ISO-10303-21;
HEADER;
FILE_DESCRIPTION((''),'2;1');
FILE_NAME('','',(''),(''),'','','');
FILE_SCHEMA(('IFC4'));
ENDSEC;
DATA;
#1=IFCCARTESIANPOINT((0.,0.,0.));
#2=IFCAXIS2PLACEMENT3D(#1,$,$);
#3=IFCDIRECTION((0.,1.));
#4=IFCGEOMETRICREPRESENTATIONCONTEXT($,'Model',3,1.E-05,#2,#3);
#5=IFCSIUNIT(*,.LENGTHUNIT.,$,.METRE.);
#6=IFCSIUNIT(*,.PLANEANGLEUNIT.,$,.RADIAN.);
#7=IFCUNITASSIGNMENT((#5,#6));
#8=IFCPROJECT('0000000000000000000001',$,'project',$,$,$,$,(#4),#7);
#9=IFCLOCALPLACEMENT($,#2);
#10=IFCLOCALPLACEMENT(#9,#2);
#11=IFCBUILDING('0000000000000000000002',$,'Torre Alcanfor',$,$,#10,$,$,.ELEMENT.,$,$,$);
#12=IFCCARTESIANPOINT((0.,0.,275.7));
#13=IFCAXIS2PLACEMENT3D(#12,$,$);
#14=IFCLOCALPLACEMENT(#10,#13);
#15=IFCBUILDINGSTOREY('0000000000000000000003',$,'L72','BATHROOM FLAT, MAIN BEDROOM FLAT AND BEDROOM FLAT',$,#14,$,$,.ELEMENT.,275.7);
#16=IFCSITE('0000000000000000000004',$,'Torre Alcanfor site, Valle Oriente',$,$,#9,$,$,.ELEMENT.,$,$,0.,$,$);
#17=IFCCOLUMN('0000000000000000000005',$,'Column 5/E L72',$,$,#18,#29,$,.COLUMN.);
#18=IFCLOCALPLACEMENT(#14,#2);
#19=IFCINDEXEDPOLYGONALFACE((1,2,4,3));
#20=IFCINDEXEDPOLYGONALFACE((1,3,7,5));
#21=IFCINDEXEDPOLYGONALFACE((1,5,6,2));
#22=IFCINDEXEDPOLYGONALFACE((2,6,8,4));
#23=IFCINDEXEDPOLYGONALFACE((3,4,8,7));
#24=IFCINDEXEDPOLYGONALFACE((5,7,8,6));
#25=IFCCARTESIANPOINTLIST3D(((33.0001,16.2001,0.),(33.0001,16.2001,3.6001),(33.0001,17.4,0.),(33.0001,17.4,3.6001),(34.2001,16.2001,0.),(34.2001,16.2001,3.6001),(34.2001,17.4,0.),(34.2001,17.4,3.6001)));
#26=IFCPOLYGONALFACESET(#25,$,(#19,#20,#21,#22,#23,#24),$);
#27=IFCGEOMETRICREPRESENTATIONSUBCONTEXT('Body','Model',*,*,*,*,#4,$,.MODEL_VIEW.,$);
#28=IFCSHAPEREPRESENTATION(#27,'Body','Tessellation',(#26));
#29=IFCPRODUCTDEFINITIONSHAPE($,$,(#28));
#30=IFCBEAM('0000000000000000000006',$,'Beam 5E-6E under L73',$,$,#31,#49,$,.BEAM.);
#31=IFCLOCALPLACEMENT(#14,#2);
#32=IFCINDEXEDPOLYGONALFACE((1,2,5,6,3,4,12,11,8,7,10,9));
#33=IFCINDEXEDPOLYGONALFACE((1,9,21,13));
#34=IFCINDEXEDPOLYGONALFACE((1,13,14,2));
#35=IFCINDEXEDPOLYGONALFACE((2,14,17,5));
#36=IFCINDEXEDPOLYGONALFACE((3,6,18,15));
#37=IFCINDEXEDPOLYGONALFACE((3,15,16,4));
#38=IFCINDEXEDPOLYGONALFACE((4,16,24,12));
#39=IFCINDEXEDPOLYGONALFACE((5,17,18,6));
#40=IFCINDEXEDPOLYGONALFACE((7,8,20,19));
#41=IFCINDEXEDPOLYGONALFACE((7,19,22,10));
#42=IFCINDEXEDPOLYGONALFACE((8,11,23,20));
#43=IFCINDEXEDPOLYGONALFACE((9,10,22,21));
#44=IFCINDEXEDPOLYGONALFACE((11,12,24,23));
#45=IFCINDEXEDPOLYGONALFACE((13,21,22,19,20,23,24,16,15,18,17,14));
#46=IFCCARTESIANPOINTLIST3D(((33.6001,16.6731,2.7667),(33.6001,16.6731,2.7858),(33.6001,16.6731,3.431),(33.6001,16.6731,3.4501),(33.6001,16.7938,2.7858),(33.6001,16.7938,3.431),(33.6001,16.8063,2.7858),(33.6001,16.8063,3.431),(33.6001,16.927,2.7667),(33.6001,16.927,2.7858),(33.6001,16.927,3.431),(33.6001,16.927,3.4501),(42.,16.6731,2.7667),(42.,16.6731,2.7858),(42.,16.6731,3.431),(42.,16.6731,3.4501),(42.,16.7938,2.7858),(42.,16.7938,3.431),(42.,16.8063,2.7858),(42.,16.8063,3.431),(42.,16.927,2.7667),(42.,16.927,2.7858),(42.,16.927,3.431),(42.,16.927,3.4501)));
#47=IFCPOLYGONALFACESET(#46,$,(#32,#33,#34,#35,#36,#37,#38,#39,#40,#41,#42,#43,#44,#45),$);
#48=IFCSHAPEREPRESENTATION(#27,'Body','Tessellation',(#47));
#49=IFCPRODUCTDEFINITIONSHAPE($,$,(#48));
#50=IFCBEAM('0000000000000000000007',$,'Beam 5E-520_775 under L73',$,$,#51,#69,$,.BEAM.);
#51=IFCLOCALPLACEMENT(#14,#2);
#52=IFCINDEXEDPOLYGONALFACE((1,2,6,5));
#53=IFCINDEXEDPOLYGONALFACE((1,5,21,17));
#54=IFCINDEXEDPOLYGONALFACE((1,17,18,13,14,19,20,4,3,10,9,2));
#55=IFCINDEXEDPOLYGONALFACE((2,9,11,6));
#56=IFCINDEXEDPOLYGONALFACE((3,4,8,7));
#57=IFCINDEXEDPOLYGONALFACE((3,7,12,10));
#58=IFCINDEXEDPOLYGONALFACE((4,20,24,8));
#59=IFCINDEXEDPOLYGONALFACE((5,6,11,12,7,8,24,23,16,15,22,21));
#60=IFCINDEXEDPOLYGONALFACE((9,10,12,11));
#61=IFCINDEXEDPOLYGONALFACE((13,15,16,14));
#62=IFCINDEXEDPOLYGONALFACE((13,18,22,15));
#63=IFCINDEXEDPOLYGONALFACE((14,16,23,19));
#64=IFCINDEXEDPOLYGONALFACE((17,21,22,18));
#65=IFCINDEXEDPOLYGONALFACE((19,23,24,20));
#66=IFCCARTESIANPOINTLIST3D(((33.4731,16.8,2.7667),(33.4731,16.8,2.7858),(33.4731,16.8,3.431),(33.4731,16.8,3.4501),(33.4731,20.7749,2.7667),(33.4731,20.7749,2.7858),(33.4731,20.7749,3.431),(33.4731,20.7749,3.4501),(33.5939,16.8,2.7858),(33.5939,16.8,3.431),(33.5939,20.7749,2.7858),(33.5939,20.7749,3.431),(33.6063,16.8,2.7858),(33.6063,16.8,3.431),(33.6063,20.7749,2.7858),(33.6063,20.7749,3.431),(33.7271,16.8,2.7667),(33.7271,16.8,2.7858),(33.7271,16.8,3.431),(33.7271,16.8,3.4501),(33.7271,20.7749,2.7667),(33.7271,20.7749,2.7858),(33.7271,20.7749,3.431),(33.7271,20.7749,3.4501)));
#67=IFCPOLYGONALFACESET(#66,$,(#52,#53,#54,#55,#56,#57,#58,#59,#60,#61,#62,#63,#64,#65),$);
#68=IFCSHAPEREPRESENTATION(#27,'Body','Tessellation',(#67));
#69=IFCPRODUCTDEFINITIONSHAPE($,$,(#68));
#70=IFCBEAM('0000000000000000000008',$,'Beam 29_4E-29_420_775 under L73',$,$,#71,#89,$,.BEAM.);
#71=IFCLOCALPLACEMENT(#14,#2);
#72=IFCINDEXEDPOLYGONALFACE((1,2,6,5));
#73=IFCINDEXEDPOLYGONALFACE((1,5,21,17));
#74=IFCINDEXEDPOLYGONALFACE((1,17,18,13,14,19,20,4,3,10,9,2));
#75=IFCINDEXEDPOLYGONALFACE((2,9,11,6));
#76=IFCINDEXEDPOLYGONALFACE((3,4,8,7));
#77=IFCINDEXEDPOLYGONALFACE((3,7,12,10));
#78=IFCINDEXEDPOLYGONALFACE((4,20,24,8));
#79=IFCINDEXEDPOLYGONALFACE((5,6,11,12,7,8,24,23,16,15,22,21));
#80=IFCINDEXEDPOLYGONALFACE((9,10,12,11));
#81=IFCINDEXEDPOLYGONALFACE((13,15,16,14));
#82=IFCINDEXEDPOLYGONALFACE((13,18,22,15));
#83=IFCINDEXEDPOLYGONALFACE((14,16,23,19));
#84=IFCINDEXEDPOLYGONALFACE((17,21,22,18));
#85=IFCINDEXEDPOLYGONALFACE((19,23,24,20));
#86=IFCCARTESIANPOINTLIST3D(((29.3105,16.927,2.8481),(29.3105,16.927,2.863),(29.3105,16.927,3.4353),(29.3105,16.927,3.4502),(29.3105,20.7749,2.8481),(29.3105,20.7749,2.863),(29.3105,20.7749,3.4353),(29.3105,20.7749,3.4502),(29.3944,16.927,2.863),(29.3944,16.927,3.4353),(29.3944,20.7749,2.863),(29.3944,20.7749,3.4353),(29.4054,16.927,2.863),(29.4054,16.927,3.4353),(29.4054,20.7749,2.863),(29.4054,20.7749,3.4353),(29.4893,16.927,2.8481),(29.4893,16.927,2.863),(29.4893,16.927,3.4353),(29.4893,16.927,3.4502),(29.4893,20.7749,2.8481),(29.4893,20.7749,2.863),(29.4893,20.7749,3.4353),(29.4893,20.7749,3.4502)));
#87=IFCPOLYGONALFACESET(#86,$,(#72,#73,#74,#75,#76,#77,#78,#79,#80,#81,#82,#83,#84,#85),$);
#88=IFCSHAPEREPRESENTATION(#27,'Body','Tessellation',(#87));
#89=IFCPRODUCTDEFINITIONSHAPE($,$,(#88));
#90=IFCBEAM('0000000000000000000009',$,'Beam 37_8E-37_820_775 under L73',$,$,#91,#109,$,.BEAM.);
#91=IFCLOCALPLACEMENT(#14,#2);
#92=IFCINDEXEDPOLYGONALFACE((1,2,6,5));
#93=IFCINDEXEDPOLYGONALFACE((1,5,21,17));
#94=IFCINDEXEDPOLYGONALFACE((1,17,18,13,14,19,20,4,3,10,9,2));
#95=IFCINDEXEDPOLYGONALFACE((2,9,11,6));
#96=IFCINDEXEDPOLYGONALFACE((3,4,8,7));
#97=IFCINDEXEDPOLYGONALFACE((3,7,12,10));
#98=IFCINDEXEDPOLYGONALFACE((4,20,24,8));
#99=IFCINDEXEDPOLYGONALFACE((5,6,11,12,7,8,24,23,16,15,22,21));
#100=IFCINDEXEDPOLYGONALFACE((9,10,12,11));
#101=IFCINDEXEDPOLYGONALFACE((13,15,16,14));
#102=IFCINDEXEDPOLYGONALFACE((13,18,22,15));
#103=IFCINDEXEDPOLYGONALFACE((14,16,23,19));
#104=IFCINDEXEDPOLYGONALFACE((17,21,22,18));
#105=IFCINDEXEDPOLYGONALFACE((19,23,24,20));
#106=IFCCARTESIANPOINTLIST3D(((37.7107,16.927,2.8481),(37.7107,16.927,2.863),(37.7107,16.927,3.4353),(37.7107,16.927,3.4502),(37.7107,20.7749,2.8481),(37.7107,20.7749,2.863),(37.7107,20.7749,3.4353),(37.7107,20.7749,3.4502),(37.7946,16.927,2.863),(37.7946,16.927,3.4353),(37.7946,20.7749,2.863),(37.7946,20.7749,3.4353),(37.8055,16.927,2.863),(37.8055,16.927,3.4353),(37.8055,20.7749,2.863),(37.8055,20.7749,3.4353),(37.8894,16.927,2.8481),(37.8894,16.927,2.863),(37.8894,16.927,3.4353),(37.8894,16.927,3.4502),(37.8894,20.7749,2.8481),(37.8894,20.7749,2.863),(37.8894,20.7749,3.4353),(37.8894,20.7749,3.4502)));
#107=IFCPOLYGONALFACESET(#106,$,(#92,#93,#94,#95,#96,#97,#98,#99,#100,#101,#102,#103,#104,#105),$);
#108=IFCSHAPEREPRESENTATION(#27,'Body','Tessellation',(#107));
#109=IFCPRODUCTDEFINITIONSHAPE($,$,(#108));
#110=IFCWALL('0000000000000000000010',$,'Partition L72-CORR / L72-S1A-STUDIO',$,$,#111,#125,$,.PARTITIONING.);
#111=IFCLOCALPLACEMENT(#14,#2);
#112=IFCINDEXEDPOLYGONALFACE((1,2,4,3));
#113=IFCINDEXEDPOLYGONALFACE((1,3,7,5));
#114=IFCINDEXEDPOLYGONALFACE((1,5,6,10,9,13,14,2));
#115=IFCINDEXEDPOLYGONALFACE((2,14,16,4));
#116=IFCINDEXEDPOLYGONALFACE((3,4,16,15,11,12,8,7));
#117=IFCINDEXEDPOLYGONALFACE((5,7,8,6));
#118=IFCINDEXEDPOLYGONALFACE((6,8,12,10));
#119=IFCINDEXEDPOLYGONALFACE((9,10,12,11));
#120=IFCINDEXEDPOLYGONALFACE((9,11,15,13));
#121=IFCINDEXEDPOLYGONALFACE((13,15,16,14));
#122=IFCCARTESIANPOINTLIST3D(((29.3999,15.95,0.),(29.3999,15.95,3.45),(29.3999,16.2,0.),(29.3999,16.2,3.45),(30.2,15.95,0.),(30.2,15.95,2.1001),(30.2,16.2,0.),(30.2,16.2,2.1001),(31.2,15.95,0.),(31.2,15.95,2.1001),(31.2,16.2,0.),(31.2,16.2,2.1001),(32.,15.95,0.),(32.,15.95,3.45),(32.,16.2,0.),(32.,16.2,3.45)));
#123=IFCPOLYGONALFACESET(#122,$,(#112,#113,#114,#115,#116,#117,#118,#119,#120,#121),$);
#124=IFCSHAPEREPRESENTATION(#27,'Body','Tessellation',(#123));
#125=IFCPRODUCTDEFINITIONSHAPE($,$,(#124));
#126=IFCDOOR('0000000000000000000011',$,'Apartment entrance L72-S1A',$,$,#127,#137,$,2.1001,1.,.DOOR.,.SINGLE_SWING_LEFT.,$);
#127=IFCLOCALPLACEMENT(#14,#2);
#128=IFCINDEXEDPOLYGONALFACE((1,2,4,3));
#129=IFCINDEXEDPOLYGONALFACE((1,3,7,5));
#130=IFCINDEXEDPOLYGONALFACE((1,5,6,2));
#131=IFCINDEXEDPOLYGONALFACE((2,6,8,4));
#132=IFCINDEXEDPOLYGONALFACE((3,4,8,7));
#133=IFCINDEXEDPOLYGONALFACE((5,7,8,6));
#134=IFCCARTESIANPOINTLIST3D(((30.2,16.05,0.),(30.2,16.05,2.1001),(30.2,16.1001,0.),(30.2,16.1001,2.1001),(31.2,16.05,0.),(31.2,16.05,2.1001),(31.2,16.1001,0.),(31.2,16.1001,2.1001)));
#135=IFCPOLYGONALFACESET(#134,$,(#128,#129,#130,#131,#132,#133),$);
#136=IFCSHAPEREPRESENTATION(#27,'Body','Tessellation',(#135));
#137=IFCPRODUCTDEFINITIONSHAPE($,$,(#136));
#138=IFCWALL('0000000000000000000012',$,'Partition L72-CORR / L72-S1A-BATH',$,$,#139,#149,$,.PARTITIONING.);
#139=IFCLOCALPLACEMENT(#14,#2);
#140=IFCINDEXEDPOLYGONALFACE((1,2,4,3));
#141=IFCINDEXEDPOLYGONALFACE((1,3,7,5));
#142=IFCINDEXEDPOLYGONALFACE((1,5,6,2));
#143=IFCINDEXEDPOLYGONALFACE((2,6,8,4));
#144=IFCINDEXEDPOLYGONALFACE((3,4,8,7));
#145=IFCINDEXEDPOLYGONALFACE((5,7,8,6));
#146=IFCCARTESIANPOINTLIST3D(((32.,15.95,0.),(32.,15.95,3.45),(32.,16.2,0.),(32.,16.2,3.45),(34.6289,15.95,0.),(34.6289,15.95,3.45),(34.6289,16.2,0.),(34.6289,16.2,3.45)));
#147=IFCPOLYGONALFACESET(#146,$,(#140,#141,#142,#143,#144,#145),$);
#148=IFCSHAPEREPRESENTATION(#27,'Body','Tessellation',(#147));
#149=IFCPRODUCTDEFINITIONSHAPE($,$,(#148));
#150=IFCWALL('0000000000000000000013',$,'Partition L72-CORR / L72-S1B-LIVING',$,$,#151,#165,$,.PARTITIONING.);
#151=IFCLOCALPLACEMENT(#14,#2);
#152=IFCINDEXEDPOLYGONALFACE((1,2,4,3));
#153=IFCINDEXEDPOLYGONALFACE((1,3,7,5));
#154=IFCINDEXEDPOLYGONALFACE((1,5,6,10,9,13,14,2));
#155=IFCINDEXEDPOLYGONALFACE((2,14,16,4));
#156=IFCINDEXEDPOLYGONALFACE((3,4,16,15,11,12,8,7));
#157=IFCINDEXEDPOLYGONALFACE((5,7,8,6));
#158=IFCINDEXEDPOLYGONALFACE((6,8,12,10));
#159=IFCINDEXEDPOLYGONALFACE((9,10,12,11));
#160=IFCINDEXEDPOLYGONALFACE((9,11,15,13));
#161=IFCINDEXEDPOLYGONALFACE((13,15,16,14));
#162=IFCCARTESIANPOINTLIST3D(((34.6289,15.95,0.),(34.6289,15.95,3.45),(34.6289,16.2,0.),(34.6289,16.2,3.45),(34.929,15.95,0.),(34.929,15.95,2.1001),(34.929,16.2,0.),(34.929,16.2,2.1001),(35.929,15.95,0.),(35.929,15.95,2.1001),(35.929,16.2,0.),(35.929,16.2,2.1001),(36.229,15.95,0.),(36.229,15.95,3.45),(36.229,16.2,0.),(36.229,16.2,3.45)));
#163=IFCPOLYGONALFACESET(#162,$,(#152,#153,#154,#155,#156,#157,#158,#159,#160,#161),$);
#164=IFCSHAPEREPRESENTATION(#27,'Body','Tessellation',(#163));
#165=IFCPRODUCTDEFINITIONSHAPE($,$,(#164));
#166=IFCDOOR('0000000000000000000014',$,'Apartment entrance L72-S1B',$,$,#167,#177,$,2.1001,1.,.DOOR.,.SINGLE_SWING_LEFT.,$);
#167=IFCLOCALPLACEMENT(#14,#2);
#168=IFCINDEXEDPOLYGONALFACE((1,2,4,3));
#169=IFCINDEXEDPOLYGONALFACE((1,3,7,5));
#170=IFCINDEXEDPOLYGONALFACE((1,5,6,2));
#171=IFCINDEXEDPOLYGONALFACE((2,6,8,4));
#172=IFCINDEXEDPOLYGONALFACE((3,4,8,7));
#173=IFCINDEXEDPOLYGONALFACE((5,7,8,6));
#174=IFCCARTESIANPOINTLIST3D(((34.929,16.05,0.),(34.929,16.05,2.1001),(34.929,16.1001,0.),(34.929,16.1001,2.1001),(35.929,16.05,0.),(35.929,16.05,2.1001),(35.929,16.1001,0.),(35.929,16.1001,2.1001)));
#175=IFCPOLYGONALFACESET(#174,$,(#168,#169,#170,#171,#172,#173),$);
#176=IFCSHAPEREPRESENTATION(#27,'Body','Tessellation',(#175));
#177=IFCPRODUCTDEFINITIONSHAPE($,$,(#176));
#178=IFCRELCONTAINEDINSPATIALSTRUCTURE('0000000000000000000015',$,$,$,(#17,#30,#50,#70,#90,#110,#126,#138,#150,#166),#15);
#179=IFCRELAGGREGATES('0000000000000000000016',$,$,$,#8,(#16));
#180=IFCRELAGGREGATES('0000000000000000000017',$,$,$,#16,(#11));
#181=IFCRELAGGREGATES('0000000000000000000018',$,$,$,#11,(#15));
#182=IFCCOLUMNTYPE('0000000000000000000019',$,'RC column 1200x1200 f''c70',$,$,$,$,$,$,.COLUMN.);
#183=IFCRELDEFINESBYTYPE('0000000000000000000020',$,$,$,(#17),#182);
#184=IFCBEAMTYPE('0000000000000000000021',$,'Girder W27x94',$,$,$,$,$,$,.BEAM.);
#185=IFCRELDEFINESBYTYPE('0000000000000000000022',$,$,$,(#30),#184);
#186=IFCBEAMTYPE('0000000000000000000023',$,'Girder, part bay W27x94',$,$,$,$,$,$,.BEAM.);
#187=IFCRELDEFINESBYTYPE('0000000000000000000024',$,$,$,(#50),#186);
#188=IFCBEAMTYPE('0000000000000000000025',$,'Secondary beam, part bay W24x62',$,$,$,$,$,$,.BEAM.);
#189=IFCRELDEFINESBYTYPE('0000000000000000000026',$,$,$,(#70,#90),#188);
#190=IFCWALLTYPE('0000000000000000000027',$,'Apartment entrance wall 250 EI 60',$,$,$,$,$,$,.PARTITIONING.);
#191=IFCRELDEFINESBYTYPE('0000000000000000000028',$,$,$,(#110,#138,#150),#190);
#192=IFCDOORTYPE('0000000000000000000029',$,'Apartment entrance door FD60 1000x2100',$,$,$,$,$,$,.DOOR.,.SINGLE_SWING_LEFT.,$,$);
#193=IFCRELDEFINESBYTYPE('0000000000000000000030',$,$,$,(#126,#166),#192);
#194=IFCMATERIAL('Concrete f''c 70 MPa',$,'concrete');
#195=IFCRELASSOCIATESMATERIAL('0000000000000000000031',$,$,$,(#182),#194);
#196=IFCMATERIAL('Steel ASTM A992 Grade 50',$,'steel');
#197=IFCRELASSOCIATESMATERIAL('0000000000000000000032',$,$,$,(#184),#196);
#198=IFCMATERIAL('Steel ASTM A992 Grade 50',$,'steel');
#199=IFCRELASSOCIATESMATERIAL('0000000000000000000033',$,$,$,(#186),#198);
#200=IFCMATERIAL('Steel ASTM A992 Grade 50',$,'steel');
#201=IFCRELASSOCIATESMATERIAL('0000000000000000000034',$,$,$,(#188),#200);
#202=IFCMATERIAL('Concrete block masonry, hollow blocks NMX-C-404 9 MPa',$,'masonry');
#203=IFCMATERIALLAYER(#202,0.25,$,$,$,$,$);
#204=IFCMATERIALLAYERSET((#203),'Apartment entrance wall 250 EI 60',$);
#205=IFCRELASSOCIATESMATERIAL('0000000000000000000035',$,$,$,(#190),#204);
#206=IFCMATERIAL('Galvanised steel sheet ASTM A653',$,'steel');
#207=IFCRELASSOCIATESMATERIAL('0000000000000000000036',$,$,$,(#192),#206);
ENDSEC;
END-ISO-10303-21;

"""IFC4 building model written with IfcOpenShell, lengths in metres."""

from ifc_helpers import new_model, si_unit, direction, frame, frame_2d, origin, origin_2d, place, context, subcontext, project, spatial, rectangle, i_section, extrude, material, layer, layer_set, material_profile, profile_set, type_object, element, fill, save


model = new_model("IFC4")

# Units and contexts
model_context = context("Model", 3, precision=1e-05, world=origin(), true_north=direction((0.0, 1.0)))
body_context = subcontext(model_context, "Body", "Model", "MODEL_VIEW")
ifc_project = project(units=[si_unit("LENGTHUNIT", "METRE"), si_unit("PLANEANGLEUNIT", "RADIAN")], contexts=[model_context])

# Site, building, storey
site_placement = place(None, origin())
site = spatial("IfcSite", under=ifc_project, at=site_placement, Name="Torre Alcanfor site, Valle Oriente", CompositionType="ELEMENT", RefElevation=0.0)
building_placement = place(site_placement, origin())
building = spatial("IfcBuilding", under=site, at=building_placement, Name="Torre Alcanfor", CompositionType="ELEMENT")
storey_placement = place(building_placement, frame((0.0, 0.0, 275.7)))
storey = spatial("IfcBuildingStorey", under=building, at=storey_placement, Name="L72", Description="BATHROOM FLAT, MAIN BEDROOM FLAT AND BEDROOM FLAT", CompositionType="ELEMENT", Elevation=275.7)

# Column
ifc_material_1 = material(Name="Concrete f'c 70 MPa", Category="concrete")
ifc_material_profile_1 = material_profile(ifc_material_1, rectangle(XDim=1.2, YDim=1.2, at=origin_2d()), Name="1200x1200")
ifc_profile_set_1 = profile_set([ifc_material_profile_1], Name="Concrete f'c 70 MPa")
column_type = type_object("IfcColumnType", Name="RC column 1200x1200 f'c70", PredefinedType="COLUMN", material=ifc_profile_set_1)
column_placement = place(storey_placement, frame((33.6001, 16.8, 0.0), z_axis=(0.0, 0.0, 1.0), x_axis=(1.0, 0.0, 0.0)))
element("IfcColumn", 1, at=column_placement, inside=storey, type_object=column_type, Name="Column 5/E L72", PredefinedType="COLUMN", context=body_context, shape_type="SweptSolid", body=[
    extrude(rectangle(XDim=1.2, YDim=1.2, at=origin_2d()), origin(), (0.0, 0.0, 1.0), 3.6001),
])

# Beams
ifc_material_2 = material(Name="Steel ASTM A992 Grade 50", Category="steel")
ifc_material_profile_2 = material_profile(ifc_material_2, i_section(OverallWidth=0.2539, OverallDepth=0.6833, WebThickness=0.0125, FlangeThickness=0.019, at=origin_2d()), Name="W27x94")
ifc_profile_set_2 = profile_set([ifc_material_profile_2], Name="Steel ASTM A992 Grade 50")
beam_type_1 = type_object("IfcBeamType", Name="Girder W27x94", PredefinedType="BEAM", material=ifc_profile_set_2)
beam_1_placement = place(storey_placement, frame((33.6001, 16.8, 3.1084), z_axis=(1.0, 0.0, 0.0), x_axis=(0.0, 1.0, 0.0)))
element("IfcBeam", 2, at=beam_1_placement, inside=storey, type_object=beam_type_1, Name="Beam 5E-6E under L73", PredefinedType="BEAM", context=body_context, shape_type="SweptSolid", body=[
    extrude(i_section(OverallWidth=0.2539, OverallDepth=0.6833, WebThickness=0.0125, FlangeThickness=0.019, at=origin_2d()), origin(), (0.0, 0.0, 1.0), 8.3999),
])
ifc_material_3 = material(Name="Steel ASTM A992 Grade 50", Category="steel")
ifc_material_profile_3 = material_profile(ifc_material_3, i_section(OverallWidth=0.2539, OverallDepth=0.6833, WebThickness=0.0125, FlangeThickness=0.019, at=origin_2d()), Name="W27x94")
ifc_profile_set_3 = profile_set([ifc_material_profile_3], Name="Steel ASTM A992 Grade 50")
beam_type_2 = type_object("IfcBeamType", Name="Girder, part bay W27x94", PredefinedType="BEAM", material=ifc_profile_set_3)
beam_2_placement = place(storey_placement, frame((33.6001, 16.8, 3.1084), z_axis=(0.0, 1.0, 0.0), x_axis=(-1.0, 0.0, 0.0)))
element("IfcBeam", 3, at=beam_2_placement, inside=storey, type_object=beam_type_2, Name="Beam 5E-520_775 under L73", PredefinedType="BEAM", context=body_context, shape_type="SweptSolid", body=[
    extrude(i_section(OverallWidth=0.2539, OverallDepth=0.6833, WebThickness=0.0125, FlangeThickness=0.019, at=origin_2d()), origin(), (0.0, 0.0, 1.0), 3.9749),
])
ifc_material_4 = material(Name="Steel ASTM A992 Grade 50", Category="steel")
ifc_material_profile_4 = material_profile(ifc_material_4, i_section(OverallWidth=0.1787, OverallDepth=0.6021, WebThickness=0.011, FlangeThickness=0.0149, at=origin_2d()), Name="W24x62")
ifc_profile_set_4 = profile_set([ifc_material_profile_4], Name="Steel ASTM A992 Grade 50")
beam_type_3 = type_object("IfcBeamType", Name="Secondary beam, part bay W24x62", PredefinedType="BEAM", material=ifc_profile_set_4)
for number, where, z_axis, x_axis, name in (
    (4, (29.3999, 16.927, 3.1492), (0.0, 1.0, 0.0), (-1.0, 0.0, 0.0), "Beam 29_4E-29_420_775 under L73"),
    (5, (37.8, 16.927, 3.1492), (0.0, 1.0, 0.0), (-1.0, 0.0, 0.0), "Beam 37_8E-37_820_775 under L73"),
):
    element("IfcBeam", number, at=place(storey_placement, frame(where, z_axis=z_axis, x_axis=x_axis)), inside=storey, type_object=beam_type_3, Name=name, PredefinedType="BEAM", context=body_context, shape_type="SweptSolid", body=[
        extrude(i_section(OverallWidth=0.1787, OverallDepth=0.6021, WebThickness=0.011, FlangeThickness=0.0149, at=origin_2d()), origin(), (0.0, 0.0, 1.0), 3.8479),
    ])

# Wall, opening, door
ifc_material_5 = material(Name="Concrete block masonry, hollow blocks NMX-C-404 9 MPa", Category="masonry")
ifc_layer_1 = layer(ifc_material_5, 0.25)
ifc_layer_set_1 = layer_set([ifc_layer_1], Name="Apartment entrance wall 250 EI 60")
wall_type_1 = type_object("IfcWallType", Name="Apartment entrance wall 250 EI 60", PredefinedType="PARTITIONING", material=ifc_layer_set_1)
wall_1_placement = place(storey_placement, frame((32.0, 16.075, 0.0), z_axis=(0.0, 0.0, 1.0), x_axis=(-1.0, 0.0, 0.0)))
wall_1 = element("IfcWall", 6, at=wall_1_placement, inside=storey, type_object=wall_type_1, Name="Partition L72-CORR / L72-S1A-STUDIO", PredefinedType="PARTITIONING", context=body_context, shape_type="SweptSolid", body=[
    extrude(rectangle(XDim=2.6001, YDim=0.25, at=frame_2d((1.3, 0.0))), origin(), (0.0, 0.0, 1.0), 3.45),
])
opening_1_placement = place(wall_1_placement, frame((0.8, 0.0, 0.0)))
opening_1 = element("IfcOpeningElement", 7, at=opening_1_placement, cuts=wall_1, PredefinedType="OPENING", context=body_context, shape_type="SweptSolid", body=[
    extrude(rectangle(XDim=1.0, YDim=2.1001, at=frame_2d((0.5, 1.05))), frame((0.0, 0.135, 0.0), z_axis=(0.0, -1.0, 0.0), x_axis=(1.0, 0.0, 0.0)), (0.0, 0.0, 1.0), 0.27),
])
ifc_material_6 = material(Name="Galvanised steel sheet ASTM A653", Category="steel")
door_type_1 = type_object("IfcDoorType", Name="Apartment entrance door FD60 1000x2100", OperationType="SINGLE_SWING_LEFT", PredefinedType="DOOR", material=ifc_material_6)
door_1_placement = place(opening_1_placement, origin())
door_1 = element("IfcDoor", 8, at=door_1_placement, inside=storey, type_object=door_type_1, Name="Apartment entrance L72-S1A", OperationType="SINGLE_SWING_LEFT", OverallHeight=2.1001, OverallWidth=1.0, PredefinedType="DOOR", context=body_context, shape_type="SweptSolid", body=[
    extrude(rectangle(XDim=1.0, YDim=2.1001, at=frame_2d((0.5, 1.05))), frame((0.0, 0.0249, 0.0), z_axis=(0.0, -1.0, 0.0), x_axis=(1.0, 0.0, 0.0)), (0.0, 0.0, 1.0), 0.05),
])
fill(opening_1, door_1)

# Wall
wall_2_placement = place(storey_placement, frame((34.6289, 16.075, 0.0), z_axis=(0.0, 0.0, 1.0), x_axis=(-1.0, 0.0, 0.0)))
element("IfcWall", 9, at=wall_2_placement, inside=storey, type_object=wall_type_1, Name="Partition L72-CORR / L72-S1A-BATH", PredefinedType="PARTITIONING", context=body_context, shape_type="SweptSolid", body=[
    extrude(rectangle(XDim=2.6289, YDim=0.25, at=frame_2d((1.3145, 0.0))), origin(), (0.0, 0.0, 1.0), 3.45),
])

# Wall, opening, door
wall_3_placement = place(storey_placement, frame((36.229, 16.075, 0.0), z_axis=(0.0, 0.0, 1.0), x_axis=(-1.0, 0.0, 0.0)))
wall_3 = element("IfcWall", 10, at=wall_3_placement, inside=storey, type_object=wall_type_1, Name="Partition L72-CORR / L72-S1B-LIVING", PredefinedType="PARTITIONING", context=body_context, shape_type="SweptSolid", body=[
    extrude(rectangle(XDim=1.6001, YDim=0.25, at=frame_2d((0.8, 0.0))), origin(), (0.0, 0.0, 1.0), 3.45),
])
opening_2_placement = place(wall_3_placement, frame((0.3, 0.0, 0.0)))
opening_2 = element("IfcOpeningElement", 11, at=opening_2_placement, cuts=wall_3, PredefinedType="OPENING", context=body_context, shape_type="SweptSolid", body=[
    extrude(rectangle(XDim=1.0, YDim=2.1001, at=frame_2d((0.5, 1.05))), frame((0.0, 0.135, 0.0), z_axis=(0.0, -1.0, 0.0), x_axis=(1.0, 0.0, 0.0)), (0.0, 0.0, 1.0), 0.27),
])
door_2_placement = place(opening_2_placement, origin())
door_2 = element("IfcDoor", 12, at=door_2_placement, inside=storey, type_object=door_type_1, Name="Apartment entrance L72-S1B", OperationType="SINGLE_SWING_LEFT", OverallHeight=2.1001, OverallWidth=1.0, PredefinedType="DOOR", context=body_context, shape_type="SweptSolid", body=[
    extrude(rectangle(XDim=1.0, YDim=2.1001, at=frame_2d((0.5, 1.05))), frame((0.0, 0.0249, 0.0), z_axis=(0.0, -1.0, 0.0), x_axis=(1.0, 0.0, 0.0)), (0.0, 0.0, 1.0), 0.05),
])
fill(opening_2, door_2)

save(model, "model.ifc")
